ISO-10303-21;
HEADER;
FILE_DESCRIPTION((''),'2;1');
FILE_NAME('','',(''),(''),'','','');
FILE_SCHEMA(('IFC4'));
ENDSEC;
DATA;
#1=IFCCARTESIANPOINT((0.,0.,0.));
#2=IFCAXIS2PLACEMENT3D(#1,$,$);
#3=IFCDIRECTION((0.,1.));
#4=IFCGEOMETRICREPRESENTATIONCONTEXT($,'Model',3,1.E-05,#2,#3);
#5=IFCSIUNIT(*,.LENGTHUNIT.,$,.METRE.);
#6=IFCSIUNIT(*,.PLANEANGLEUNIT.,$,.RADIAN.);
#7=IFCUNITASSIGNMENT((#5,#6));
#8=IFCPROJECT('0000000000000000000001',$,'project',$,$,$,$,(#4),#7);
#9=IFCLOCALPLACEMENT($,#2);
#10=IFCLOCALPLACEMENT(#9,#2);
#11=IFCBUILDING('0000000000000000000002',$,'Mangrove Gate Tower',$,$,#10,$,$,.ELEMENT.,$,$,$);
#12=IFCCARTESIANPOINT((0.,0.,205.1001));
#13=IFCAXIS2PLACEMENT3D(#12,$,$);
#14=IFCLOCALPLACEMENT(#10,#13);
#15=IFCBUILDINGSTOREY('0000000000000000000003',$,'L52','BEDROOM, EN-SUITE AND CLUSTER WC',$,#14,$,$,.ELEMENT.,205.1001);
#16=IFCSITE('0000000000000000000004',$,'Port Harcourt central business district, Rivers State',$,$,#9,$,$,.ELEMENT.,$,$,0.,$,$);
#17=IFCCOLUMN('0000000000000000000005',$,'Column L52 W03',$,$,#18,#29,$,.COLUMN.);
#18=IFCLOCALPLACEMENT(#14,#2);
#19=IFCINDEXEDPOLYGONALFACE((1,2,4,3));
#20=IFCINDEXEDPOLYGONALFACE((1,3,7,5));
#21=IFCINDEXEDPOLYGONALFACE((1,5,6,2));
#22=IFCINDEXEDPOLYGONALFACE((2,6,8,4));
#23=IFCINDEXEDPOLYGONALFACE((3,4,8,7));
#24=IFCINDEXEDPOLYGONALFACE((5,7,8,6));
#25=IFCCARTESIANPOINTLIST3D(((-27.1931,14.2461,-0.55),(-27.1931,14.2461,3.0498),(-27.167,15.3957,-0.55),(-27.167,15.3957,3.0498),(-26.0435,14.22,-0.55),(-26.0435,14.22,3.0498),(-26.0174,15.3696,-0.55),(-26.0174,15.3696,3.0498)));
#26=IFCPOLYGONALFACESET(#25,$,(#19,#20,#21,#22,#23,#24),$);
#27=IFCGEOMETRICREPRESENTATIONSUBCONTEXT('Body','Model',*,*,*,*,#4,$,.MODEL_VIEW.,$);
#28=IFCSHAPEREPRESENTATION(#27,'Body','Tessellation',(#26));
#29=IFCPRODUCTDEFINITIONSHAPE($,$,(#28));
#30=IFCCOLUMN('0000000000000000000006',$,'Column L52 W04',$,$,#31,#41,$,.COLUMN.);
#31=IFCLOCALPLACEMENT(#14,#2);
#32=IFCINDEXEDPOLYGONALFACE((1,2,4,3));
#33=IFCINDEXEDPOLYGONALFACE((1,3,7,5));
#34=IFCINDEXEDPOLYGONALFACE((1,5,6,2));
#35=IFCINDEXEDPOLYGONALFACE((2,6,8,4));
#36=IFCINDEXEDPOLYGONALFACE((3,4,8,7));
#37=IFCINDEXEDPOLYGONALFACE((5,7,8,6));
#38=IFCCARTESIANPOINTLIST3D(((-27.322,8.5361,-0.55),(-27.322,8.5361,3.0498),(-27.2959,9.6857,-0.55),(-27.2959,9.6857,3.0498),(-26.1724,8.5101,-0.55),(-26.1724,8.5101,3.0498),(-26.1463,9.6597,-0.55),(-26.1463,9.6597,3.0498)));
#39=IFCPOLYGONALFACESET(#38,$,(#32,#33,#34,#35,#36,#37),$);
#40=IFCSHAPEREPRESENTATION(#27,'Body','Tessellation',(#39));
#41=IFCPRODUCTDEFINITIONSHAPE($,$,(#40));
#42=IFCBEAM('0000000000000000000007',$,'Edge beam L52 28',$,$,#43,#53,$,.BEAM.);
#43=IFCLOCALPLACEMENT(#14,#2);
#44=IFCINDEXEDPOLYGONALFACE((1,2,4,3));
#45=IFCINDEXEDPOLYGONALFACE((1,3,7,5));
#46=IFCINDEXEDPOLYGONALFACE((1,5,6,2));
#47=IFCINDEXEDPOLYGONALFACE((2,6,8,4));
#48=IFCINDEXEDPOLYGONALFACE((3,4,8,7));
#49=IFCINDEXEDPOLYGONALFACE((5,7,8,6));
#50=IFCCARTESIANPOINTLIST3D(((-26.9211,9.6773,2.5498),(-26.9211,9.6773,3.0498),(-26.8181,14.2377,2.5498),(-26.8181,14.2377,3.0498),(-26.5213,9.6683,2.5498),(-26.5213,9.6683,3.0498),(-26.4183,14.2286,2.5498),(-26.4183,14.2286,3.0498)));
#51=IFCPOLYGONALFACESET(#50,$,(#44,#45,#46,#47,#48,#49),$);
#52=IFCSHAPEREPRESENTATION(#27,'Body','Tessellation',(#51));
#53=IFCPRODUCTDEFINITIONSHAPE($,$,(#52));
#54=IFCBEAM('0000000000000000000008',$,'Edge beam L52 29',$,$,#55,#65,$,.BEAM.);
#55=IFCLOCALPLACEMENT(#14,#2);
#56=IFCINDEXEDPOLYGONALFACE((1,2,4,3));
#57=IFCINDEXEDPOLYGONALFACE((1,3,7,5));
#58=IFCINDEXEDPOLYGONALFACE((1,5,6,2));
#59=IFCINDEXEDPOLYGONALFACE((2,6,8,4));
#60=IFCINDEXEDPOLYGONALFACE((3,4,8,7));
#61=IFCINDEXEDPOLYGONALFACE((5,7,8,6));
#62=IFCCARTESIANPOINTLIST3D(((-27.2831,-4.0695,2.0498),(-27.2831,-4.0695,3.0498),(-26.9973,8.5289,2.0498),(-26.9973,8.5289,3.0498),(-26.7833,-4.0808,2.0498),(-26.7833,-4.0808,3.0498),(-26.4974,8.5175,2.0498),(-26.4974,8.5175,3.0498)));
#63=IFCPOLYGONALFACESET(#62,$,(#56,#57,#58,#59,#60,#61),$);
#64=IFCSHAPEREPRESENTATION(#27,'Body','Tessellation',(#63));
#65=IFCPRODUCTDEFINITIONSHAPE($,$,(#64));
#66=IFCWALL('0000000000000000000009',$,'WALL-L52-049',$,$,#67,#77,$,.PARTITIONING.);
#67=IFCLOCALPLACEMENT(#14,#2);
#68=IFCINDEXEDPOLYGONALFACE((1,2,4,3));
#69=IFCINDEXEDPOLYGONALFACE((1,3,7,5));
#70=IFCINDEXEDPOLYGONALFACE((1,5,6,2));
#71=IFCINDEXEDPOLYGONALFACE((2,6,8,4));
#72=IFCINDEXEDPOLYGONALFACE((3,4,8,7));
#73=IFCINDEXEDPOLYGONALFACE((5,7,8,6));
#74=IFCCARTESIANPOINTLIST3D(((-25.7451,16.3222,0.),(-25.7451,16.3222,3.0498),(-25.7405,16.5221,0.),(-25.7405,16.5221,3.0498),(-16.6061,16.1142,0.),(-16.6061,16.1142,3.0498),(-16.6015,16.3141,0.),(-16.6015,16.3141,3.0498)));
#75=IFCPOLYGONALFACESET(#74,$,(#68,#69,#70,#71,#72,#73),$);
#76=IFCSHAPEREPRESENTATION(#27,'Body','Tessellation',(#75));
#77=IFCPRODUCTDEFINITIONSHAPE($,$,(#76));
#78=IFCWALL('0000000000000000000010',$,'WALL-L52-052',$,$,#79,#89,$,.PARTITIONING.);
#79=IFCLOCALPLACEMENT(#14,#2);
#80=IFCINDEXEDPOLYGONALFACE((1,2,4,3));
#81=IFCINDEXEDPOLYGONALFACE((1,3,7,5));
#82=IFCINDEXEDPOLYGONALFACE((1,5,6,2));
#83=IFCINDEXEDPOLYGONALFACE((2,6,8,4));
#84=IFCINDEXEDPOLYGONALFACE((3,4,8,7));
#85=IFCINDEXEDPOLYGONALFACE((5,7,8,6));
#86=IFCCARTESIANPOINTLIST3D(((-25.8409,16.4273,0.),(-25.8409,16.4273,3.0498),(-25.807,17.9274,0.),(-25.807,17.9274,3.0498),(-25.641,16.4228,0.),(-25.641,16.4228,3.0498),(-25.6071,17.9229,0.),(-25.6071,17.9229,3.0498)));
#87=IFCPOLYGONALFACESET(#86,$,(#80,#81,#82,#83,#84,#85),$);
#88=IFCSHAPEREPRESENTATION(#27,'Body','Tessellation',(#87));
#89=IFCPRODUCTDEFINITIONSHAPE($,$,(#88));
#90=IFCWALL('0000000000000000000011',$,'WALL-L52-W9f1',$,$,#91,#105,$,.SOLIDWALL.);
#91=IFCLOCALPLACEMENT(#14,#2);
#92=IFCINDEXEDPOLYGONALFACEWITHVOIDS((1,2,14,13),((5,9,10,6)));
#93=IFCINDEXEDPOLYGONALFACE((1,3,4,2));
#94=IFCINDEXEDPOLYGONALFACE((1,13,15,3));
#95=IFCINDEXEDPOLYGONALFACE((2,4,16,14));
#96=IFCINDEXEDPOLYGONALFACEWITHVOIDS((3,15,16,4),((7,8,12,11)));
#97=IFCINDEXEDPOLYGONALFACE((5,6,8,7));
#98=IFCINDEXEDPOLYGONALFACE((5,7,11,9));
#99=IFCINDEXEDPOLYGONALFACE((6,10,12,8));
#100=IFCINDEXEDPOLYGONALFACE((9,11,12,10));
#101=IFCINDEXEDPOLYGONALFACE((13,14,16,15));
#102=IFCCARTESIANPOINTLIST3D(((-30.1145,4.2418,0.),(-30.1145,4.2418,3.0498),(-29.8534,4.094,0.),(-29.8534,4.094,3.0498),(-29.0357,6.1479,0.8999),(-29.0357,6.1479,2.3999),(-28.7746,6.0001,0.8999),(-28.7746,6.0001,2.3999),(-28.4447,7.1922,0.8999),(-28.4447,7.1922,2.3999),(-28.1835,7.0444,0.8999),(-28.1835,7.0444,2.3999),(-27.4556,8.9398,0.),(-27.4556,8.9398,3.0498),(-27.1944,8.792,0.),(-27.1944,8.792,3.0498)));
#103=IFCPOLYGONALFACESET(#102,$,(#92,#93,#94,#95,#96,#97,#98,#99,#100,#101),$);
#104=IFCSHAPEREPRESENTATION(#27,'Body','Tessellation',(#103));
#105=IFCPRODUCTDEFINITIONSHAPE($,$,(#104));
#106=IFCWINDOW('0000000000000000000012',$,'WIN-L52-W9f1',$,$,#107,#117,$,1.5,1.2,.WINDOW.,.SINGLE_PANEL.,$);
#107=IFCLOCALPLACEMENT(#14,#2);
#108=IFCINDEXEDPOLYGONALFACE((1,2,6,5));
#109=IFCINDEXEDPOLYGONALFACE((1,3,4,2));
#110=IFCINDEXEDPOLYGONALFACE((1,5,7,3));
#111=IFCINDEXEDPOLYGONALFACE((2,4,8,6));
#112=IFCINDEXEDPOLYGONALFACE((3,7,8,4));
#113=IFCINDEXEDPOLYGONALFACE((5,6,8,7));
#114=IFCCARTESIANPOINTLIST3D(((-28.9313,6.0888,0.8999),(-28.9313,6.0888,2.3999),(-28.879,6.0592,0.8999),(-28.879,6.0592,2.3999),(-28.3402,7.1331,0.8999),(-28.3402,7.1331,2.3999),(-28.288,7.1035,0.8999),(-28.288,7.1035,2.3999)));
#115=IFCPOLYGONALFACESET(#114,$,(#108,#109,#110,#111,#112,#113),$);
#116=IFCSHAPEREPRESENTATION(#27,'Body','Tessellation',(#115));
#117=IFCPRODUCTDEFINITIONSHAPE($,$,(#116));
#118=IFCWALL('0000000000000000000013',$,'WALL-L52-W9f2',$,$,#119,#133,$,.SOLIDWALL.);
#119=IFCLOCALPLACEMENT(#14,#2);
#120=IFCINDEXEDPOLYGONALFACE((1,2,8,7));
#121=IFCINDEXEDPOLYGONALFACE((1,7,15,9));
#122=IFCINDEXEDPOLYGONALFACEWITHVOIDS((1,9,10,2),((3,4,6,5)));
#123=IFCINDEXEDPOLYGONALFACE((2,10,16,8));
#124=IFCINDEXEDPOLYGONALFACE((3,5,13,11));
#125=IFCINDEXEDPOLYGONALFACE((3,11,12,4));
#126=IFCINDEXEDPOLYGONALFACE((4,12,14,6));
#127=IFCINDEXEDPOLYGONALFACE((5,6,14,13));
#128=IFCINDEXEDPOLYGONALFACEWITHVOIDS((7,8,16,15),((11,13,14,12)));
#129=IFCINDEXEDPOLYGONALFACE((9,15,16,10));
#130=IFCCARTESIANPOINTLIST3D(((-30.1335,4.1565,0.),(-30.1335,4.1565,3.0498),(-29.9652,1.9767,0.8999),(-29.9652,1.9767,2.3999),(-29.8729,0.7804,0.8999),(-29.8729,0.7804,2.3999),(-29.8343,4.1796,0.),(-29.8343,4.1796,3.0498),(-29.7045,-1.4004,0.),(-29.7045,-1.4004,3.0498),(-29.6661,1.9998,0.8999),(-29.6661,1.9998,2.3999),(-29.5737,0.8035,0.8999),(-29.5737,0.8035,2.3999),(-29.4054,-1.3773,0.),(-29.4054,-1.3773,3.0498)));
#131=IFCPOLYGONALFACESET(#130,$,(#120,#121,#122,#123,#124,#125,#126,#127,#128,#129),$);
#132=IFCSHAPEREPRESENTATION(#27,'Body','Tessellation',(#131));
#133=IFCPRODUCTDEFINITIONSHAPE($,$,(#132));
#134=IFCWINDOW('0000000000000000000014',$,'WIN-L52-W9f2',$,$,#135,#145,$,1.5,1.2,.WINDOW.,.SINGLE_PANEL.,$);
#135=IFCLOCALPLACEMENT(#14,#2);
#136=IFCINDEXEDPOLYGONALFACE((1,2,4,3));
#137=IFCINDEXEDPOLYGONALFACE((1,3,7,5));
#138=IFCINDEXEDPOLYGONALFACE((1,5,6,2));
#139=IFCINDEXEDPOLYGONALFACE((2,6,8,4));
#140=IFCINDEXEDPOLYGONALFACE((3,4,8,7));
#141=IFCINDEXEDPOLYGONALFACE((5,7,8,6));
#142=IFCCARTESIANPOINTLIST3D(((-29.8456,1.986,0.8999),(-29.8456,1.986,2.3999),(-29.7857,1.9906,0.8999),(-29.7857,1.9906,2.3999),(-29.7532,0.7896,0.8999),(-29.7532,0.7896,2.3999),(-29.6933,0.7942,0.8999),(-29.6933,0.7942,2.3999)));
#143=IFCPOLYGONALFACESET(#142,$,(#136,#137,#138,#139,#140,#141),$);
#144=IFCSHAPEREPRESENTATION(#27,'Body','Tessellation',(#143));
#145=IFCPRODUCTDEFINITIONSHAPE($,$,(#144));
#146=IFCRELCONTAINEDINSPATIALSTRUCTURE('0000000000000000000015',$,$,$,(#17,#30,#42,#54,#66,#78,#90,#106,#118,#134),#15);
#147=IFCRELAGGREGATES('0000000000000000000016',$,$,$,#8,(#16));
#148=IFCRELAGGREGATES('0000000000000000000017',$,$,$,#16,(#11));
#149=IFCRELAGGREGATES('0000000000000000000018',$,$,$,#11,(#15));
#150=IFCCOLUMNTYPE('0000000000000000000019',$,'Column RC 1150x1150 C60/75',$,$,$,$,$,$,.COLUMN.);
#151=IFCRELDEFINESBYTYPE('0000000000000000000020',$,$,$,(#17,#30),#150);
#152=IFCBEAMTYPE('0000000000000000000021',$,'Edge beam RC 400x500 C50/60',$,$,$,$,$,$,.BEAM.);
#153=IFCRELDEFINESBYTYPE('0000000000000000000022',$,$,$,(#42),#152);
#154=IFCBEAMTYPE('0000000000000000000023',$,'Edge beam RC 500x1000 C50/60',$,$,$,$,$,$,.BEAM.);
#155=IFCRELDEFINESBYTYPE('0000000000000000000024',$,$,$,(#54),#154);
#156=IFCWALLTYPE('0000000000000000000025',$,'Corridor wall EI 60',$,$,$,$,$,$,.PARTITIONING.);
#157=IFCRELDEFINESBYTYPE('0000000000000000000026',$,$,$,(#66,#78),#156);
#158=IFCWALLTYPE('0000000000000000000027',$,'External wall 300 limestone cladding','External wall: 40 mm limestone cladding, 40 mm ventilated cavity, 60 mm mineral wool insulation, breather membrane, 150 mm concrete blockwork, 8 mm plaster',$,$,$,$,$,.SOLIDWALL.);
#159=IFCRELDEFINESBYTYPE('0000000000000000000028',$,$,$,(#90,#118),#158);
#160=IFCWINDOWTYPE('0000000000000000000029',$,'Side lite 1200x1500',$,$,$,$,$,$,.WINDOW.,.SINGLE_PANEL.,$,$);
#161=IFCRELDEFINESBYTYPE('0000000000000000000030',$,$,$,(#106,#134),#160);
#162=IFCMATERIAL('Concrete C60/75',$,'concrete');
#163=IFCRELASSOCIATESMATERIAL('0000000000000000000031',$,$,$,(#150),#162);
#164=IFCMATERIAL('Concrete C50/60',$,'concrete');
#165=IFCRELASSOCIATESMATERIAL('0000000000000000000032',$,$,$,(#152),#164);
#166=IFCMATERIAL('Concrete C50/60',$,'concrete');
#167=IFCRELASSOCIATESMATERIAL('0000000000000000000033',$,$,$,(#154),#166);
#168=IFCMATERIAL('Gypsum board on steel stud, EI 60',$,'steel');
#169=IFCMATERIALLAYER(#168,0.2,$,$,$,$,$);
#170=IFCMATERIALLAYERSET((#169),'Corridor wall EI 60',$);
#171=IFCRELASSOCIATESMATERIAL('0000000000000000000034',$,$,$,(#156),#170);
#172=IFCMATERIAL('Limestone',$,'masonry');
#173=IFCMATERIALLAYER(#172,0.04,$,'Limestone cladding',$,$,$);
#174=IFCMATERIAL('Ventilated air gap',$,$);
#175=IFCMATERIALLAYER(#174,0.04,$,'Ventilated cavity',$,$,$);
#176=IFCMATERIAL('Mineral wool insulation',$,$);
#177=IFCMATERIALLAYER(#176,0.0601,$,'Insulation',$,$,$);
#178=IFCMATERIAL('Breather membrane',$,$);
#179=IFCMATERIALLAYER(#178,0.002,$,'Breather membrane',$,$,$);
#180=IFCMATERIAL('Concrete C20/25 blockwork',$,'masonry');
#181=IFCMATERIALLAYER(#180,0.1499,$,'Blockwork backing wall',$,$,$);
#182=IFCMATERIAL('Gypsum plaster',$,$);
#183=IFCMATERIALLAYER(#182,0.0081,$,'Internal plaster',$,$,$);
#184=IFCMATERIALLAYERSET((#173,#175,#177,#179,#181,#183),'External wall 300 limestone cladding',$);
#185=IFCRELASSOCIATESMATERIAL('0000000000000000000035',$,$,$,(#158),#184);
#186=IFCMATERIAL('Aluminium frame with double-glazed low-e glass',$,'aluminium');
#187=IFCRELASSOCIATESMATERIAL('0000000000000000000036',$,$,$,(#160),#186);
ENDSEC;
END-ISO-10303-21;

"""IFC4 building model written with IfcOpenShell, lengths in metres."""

from ifc_helpers import new_model, si_unit, direction, frame, frame_2d, origin, origin_2d, place, context, subcontext, project, spatial, rectangle, extrude, material, layer, layer_set, material_profile, profile_set, type_object, element, fill, save


model = new_model("IFC4")

# Units and contexts
model_context = context("Model", 3, precision=1e-05, world=origin(), true_north=direction((0.0, 1.0)))
body_context = subcontext(model_context, "Body", "Model", "MODEL_VIEW")
ifc_project = project(units=[si_unit("LENGTHUNIT", "METRE"), si_unit("PLANEANGLEUNIT", "RADIAN")], contexts=[model_context])

# Site, building, storey
site_placement = place(None, origin())
site = spatial("IfcSite", under=ifc_project, at=site_placement, Name="Port Harcourt central business district, Rivers State", CompositionType="ELEMENT", RefElevation=0.0)
building_placement = place(site_placement, origin())
building = spatial("IfcBuilding", under=site, at=building_placement, Name="Mangrove Gate Tower", CompositionType="ELEMENT")
storey_placement = place(building_placement, frame((0.0, 0.0, 205.1001)))
storey = spatial("IfcBuildingStorey", under=building, at=storey_placement, Name="L52", Description="BEDROOM, EN-SUITE AND CLUSTER WC", CompositionType="ELEMENT", Elevation=205.1001)

# Columns
ifc_material_1 = material(Name="Concrete C60/75", Category="concrete")
ifc_material_profile_1 = material_profile(ifc_material_1, rectangle(XDim=1.1499, YDim=1.1499, at=origin_2d()))
ifc_profile_set_1 = profile_set([ifc_material_profile_1], Name="Concrete C60/75")
column_type = type_object("IfcColumnType", Name="Column RC 1150x1150 C60/75", PredefinedType="COLUMN", material=ifc_profile_set_1)
for number, where, z_axis, x_axis, name in (
    (1, (-26.6052, 14.8079, -0.55), (0.0, 0.0, 1.0), (-0.022672, -0.999743, 0.0), "Column L52 W03"),
    (2, (-26.7341, 9.0979, -0.55), (0.0, 0.0, 1.0), (-0.022658, -0.999743, 0.0), "Column L52 W04"),
):
    element("IfcColumn", number, at=place(storey_placement, frame(where, z_axis=z_axis, x_axis=x_axis)), inside=storey, type_object=column_type, Name=name, PredefinedType="COLUMN", context=body_context, shape_type="SweptSolid", body=[
        extrude(rectangle(XDim=1.1499, YDim=1.1499, at=origin_2d()), origin(), (0.0, 0.0, 1.0), 3.5999),
    ])

# Beams
ifc_material_2 = material(Name="Concrete C50/60", Category="concrete")
ifc_material_profile_2 = material_profile(ifc_material_2, rectangle(XDim=0.3999, YDim=0.5, at=origin_2d()))
ifc_profile_set_2 = profile_set([ifc_material_profile_2], Name="Concrete C50/60")
beam_type_1 = type_object("IfcBeamType", Name="Edge beam RC 400x500 C50/60", PredefinedType="BEAM", material=ifc_profile_set_2)
beam_1_placement = place(storey_placement, frame((-26.6182, 14.2332, 2.7998), z_axis=(-0.022586, -0.999745, 0.0), x_axis=(0.999745, -0.022586, 0.0)))
element("IfcBeam", 3, at=beam_1_placement, inside=storey, type_object=beam_type_1, Name="Edge beam L52 28", PredefinedType="BEAM", context=body_context, shape_type="SweptSolid", body=[
    extrude(rectangle(XDim=0.3999, YDim=0.5, at=origin_2d()), origin(), (0.0, 0.0, 1.0), 4.5615),
])
ifc_material_3 = material(Name="Concrete C50/60", Category="concrete")
ifc_material_profile_3 = material_profile(ifc_material_3, rectangle(XDim=0.5, YDim=1.0, at=origin_2d()))
ifc_profile_set_3 = profile_set([ifc_material_profile_3], Name="Concrete C50/60")
beam_type_2 = type_object("IfcBeamType", Name="Edge beam RC 500x1000 C50/60", PredefinedType="BEAM", material=ifc_profile_set_3)
beam_2_placement = place(storey_placement, frame((-26.7473, 8.5232, 2.5498), z_axis=(-0.022687, -0.999743, 0.0), x_axis=(0.999743, -0.022687, 0.0)))
element("IfcBeam", 4, at=beam_2_placement, inside=storey, type_object=beam_type_2, Name="Edge beam L52 29", PredefinedType="BEAM", context=body_context, shape_type="SweptSolid", body=[
    extrude(rectangle(XDim=0.5, YDim=1.0, at=origin_2d()), origin(), (0.0, 0.0, 1.0), 12.6016),
])

# Walls
ifc_material_4 = material(Name="Gypsum board on steel stud, EI 60", Category="steel")
ifc_layer_1 = layer(ifc_material_4, 0.2)
ifc_layer_set_1 = layer_set([ifc_layer_1], Name="Corridor wall EI 60")
wall_type_1 = type_object("IfcWallType", Name="Corridor wall EI 60", PredefinedType="PARTITIONING", material=ifc_layer_set_1)
wall_1_placement = place(storey_placement, frame((-25.7429, 16.4221, 0.0), z_axis=(0.0, 0.0, 1.0), x_axis=(0.999741, -0.022755, 0.0)))
element("IfcWall", 5, at=wall_1_placement, inside=storey, type_object=wall_type_1, Name="WALL-L52-049", PredefinedType="PARTITIONING", context=body_context, shape_type="SweptSolid", body=[
    extrude(rectangle(XDim=9.1414, YDim=0.2, at=frame_2d((4.5708, 0.0))), origin(), (0.0, 0.0, 1.0), 3.0498),
])
wall_2_placement = place(storey_placement, frame((-25.741, 16.425, 0.0), z_axis=(0.0, 0.0, 1.0), x_axis=(0.022618, 0.999744, 0.0)))
element("IfcWall", 6, at=wall_2_placement, inside=storey, type_object=wall_type_1, Name="WALL-L52-052", PredefinedType="PARTITIONING", context=body_context, shape_type="SweptSolid", body=[
    extrude(rectangle(XDim=1.5005, YDim=0.2, at=frame_2d((0.7502, 0.0))), origin(), (0.0, 0.0, 1.0), 3.0498),
])

# Walls, openings, windows
ifc_material_5 = material(Name="Limestone", Category="masonry")
ifc_layer_2 = layer(ifc_material_5, 0.04, Name="Limestone cladding")
ifc_material_6 = material(Name="Ventilated air gap")
ifc_layer_3 = layer(ifc_material_6, 0.04, Name="Ventilated cavity")
ifc_material_7 = material(Name="Mineral wool insulation")
ifc_layer_4 = layer(ifc_material_7, 0.0601, Name="Insulation")
ifc_material_8 = material(Name="Breather membrane")
ifc_layer_5 = layer(ifc_material_8, 0.002, Name="Breather membrane")
ifc_material_9 = material(Name="Concrete C20/25 blockwork", Category="masonry")
ifc_layer_6 = layer(ifc_material_9, 0.1499, Name="Blockwork backing wall")
ifc_material_10 = material(Name="Gypsum plaster")
ifc_layer_7 = layer(ifc_material_10, 0.0081, Name="Internal plaster")
ifc_layer_set_2 = layer_set([ifc_layer_2, ifc_layer_3, ifc_layer_4, ifc_layer_5, ifc_layer_6, ifc_layer_7], Name="External wall 300 limestone cladding")
wall_type_2 = type_object("IfcWallType", Name="External wall 300 limestone cladding", Description="External wall: 40 mm limestone cladding, 40 mm ventilated cavity, 60 mm mineral wool insulation, breather membrane, 150 mm concrete blockwork, 8 mm plaster", PredefinedType="SOLIDWALL", material=ifc_layer_set_2)
wall_3_placement = place(storey_placement, frame((-27.325, 8.866, 0.0), z_axis=(0.0, 0.0, 1.0), x_axis=(-0.492555, -0.870281, 0.0)))
wall_3 = element("IfcWall", 7, at=wall_3_placement, inside=storey, type_object=wall_type_2, Name="WALL-L52-W9f1", PredefinedType="SOLIDWALL", context=body_context, shape_type="SweptSolid", body=[
    extrude(rectangle(XDim=5.3982, YDim=0.3, at=frame_2d((2.6992, 0.0))), origin(), (0.0, 0.0, 1.0), 3.0498),
])
opening_1_placement = place(wall_3_placement, frame((2.0081, 0.0, 0.8999)))
opening_1 = element("IfcOpeningElement", 8, at=opening_1_placement, cuts=wall_3, PredefinedType="OPENING", context=body_context, shape_type="SweptSolid", body=[
    extrude(rectangle(XDim=1.2, YDim=1.5, at=frame_2d((0.6001, 0.75))), frame((0.0, 0.1599, 0.0), z_axis=(0.0, -1.0, 0.0), x_axis=(1.0, 0.0, 0.0)), (0.0, 0.0, 1.0), 0.3201),
])
ifc_material_11 = material(Name="Aluminium frame with double-glazed low-e glass", Category="aluminium")
window_type = type_object("IfcWindowType", Name="Side lite 1200x1500", PartitioningType="SINGLE_PANEL", PredefinedType="WINDOW", material=ifc_material_11)
window_1_placement = place(opening_1_placement, origin())
window_1 = element("IfcWindow", 9, at=window_1_placement, inside=storey, type_object=window_type, Name="WIN-L52-W9f1", OverallHeight=1.5, OverallWidth=1.2, PartitioningType="SINGLE_PANEL", PredefinedType="WINDOW", context=body_context, shape_type="SweptSolid", body=[
    extrude(rectangle(XDim=1.2, YDim=1.5, at=frame_2d((0.6001, 0.75))), frame((0.0, 0.03, 0.0), z_axis=(0.0, -1.0, 0.0), x_axis=(1.0, 0.0, 0.0)), (0.0, 0.0, 1.0), 0.0601),
])
fill(opening_1, window_1)
wall_4_placement = place(storey_placement, frame((-29.9839, 4.168, 0.0), z_axis=(0.0, 0.0, 1.0), x_axis=(0.076964, -0.997034, 0.0)))
wall_4 = element("IfcWall", 10, at=wall_4_placement, inside=storey, type_object=wall_type_2, Name="WALL-L52-W9f2", PredefinedType="SOLIDWALL", context=body_context, shape_type="SweptSolid", body=[
    extrude(rectangle(XDim=5.5735, YDim=0.3, at=frame_2d((2.7866, 0.0))), origin(), (0.0, 0.0, 1.0), 3.0498),
])
opening_2_placement = place(wall_4_placement, frame((2.186, 0.0, 0.8999)))
opening_2 = element("IfcOpeningElement", 11, at=opening_2_placement, cuts=wall_4, PredefinedType="OPENING", context=body_context, shape_type="SweptSolid", body=[
    extrude(rectangle(XDim=1.2, YDim=1.5, at=frame_2d((0.6001, 0.75))), frame((0.0, 0.1599, 0.0), z_axis=(0.0, -1.0, 0.0), x_axis=(1.0, 0.0, 0.0)), (0.0, 0.0, 1.0), 0.3201),
])
window_2_placement = place(opening_2_placement, origin())
window_2 = element("IfcWindow", 12, at=window_2_placement, inside=storey, type_object=window_type, Name="WIN-L52-W9f2", OverallHeight=1.5, OverallWidth=1.2, PartitioningType="SINGLE_PANEL", PredefinedType="WINDOW", context=body_context, shape_type="SweptSolid", body=[
    extrude(rectangle(XDim=1.2, YDim=1.5, at=frame_2d((0.6001, 0.75))), frame((0.0, 0.03, 0.0), z_axis=(0.0, -1.0, 0.0), x_axis=(1.0, 0.0, 0.0)), (0.0, 0.0, 1.0), 0.0601),
])
fill(opening_2, window_2)

save(model, "model.ifc")
